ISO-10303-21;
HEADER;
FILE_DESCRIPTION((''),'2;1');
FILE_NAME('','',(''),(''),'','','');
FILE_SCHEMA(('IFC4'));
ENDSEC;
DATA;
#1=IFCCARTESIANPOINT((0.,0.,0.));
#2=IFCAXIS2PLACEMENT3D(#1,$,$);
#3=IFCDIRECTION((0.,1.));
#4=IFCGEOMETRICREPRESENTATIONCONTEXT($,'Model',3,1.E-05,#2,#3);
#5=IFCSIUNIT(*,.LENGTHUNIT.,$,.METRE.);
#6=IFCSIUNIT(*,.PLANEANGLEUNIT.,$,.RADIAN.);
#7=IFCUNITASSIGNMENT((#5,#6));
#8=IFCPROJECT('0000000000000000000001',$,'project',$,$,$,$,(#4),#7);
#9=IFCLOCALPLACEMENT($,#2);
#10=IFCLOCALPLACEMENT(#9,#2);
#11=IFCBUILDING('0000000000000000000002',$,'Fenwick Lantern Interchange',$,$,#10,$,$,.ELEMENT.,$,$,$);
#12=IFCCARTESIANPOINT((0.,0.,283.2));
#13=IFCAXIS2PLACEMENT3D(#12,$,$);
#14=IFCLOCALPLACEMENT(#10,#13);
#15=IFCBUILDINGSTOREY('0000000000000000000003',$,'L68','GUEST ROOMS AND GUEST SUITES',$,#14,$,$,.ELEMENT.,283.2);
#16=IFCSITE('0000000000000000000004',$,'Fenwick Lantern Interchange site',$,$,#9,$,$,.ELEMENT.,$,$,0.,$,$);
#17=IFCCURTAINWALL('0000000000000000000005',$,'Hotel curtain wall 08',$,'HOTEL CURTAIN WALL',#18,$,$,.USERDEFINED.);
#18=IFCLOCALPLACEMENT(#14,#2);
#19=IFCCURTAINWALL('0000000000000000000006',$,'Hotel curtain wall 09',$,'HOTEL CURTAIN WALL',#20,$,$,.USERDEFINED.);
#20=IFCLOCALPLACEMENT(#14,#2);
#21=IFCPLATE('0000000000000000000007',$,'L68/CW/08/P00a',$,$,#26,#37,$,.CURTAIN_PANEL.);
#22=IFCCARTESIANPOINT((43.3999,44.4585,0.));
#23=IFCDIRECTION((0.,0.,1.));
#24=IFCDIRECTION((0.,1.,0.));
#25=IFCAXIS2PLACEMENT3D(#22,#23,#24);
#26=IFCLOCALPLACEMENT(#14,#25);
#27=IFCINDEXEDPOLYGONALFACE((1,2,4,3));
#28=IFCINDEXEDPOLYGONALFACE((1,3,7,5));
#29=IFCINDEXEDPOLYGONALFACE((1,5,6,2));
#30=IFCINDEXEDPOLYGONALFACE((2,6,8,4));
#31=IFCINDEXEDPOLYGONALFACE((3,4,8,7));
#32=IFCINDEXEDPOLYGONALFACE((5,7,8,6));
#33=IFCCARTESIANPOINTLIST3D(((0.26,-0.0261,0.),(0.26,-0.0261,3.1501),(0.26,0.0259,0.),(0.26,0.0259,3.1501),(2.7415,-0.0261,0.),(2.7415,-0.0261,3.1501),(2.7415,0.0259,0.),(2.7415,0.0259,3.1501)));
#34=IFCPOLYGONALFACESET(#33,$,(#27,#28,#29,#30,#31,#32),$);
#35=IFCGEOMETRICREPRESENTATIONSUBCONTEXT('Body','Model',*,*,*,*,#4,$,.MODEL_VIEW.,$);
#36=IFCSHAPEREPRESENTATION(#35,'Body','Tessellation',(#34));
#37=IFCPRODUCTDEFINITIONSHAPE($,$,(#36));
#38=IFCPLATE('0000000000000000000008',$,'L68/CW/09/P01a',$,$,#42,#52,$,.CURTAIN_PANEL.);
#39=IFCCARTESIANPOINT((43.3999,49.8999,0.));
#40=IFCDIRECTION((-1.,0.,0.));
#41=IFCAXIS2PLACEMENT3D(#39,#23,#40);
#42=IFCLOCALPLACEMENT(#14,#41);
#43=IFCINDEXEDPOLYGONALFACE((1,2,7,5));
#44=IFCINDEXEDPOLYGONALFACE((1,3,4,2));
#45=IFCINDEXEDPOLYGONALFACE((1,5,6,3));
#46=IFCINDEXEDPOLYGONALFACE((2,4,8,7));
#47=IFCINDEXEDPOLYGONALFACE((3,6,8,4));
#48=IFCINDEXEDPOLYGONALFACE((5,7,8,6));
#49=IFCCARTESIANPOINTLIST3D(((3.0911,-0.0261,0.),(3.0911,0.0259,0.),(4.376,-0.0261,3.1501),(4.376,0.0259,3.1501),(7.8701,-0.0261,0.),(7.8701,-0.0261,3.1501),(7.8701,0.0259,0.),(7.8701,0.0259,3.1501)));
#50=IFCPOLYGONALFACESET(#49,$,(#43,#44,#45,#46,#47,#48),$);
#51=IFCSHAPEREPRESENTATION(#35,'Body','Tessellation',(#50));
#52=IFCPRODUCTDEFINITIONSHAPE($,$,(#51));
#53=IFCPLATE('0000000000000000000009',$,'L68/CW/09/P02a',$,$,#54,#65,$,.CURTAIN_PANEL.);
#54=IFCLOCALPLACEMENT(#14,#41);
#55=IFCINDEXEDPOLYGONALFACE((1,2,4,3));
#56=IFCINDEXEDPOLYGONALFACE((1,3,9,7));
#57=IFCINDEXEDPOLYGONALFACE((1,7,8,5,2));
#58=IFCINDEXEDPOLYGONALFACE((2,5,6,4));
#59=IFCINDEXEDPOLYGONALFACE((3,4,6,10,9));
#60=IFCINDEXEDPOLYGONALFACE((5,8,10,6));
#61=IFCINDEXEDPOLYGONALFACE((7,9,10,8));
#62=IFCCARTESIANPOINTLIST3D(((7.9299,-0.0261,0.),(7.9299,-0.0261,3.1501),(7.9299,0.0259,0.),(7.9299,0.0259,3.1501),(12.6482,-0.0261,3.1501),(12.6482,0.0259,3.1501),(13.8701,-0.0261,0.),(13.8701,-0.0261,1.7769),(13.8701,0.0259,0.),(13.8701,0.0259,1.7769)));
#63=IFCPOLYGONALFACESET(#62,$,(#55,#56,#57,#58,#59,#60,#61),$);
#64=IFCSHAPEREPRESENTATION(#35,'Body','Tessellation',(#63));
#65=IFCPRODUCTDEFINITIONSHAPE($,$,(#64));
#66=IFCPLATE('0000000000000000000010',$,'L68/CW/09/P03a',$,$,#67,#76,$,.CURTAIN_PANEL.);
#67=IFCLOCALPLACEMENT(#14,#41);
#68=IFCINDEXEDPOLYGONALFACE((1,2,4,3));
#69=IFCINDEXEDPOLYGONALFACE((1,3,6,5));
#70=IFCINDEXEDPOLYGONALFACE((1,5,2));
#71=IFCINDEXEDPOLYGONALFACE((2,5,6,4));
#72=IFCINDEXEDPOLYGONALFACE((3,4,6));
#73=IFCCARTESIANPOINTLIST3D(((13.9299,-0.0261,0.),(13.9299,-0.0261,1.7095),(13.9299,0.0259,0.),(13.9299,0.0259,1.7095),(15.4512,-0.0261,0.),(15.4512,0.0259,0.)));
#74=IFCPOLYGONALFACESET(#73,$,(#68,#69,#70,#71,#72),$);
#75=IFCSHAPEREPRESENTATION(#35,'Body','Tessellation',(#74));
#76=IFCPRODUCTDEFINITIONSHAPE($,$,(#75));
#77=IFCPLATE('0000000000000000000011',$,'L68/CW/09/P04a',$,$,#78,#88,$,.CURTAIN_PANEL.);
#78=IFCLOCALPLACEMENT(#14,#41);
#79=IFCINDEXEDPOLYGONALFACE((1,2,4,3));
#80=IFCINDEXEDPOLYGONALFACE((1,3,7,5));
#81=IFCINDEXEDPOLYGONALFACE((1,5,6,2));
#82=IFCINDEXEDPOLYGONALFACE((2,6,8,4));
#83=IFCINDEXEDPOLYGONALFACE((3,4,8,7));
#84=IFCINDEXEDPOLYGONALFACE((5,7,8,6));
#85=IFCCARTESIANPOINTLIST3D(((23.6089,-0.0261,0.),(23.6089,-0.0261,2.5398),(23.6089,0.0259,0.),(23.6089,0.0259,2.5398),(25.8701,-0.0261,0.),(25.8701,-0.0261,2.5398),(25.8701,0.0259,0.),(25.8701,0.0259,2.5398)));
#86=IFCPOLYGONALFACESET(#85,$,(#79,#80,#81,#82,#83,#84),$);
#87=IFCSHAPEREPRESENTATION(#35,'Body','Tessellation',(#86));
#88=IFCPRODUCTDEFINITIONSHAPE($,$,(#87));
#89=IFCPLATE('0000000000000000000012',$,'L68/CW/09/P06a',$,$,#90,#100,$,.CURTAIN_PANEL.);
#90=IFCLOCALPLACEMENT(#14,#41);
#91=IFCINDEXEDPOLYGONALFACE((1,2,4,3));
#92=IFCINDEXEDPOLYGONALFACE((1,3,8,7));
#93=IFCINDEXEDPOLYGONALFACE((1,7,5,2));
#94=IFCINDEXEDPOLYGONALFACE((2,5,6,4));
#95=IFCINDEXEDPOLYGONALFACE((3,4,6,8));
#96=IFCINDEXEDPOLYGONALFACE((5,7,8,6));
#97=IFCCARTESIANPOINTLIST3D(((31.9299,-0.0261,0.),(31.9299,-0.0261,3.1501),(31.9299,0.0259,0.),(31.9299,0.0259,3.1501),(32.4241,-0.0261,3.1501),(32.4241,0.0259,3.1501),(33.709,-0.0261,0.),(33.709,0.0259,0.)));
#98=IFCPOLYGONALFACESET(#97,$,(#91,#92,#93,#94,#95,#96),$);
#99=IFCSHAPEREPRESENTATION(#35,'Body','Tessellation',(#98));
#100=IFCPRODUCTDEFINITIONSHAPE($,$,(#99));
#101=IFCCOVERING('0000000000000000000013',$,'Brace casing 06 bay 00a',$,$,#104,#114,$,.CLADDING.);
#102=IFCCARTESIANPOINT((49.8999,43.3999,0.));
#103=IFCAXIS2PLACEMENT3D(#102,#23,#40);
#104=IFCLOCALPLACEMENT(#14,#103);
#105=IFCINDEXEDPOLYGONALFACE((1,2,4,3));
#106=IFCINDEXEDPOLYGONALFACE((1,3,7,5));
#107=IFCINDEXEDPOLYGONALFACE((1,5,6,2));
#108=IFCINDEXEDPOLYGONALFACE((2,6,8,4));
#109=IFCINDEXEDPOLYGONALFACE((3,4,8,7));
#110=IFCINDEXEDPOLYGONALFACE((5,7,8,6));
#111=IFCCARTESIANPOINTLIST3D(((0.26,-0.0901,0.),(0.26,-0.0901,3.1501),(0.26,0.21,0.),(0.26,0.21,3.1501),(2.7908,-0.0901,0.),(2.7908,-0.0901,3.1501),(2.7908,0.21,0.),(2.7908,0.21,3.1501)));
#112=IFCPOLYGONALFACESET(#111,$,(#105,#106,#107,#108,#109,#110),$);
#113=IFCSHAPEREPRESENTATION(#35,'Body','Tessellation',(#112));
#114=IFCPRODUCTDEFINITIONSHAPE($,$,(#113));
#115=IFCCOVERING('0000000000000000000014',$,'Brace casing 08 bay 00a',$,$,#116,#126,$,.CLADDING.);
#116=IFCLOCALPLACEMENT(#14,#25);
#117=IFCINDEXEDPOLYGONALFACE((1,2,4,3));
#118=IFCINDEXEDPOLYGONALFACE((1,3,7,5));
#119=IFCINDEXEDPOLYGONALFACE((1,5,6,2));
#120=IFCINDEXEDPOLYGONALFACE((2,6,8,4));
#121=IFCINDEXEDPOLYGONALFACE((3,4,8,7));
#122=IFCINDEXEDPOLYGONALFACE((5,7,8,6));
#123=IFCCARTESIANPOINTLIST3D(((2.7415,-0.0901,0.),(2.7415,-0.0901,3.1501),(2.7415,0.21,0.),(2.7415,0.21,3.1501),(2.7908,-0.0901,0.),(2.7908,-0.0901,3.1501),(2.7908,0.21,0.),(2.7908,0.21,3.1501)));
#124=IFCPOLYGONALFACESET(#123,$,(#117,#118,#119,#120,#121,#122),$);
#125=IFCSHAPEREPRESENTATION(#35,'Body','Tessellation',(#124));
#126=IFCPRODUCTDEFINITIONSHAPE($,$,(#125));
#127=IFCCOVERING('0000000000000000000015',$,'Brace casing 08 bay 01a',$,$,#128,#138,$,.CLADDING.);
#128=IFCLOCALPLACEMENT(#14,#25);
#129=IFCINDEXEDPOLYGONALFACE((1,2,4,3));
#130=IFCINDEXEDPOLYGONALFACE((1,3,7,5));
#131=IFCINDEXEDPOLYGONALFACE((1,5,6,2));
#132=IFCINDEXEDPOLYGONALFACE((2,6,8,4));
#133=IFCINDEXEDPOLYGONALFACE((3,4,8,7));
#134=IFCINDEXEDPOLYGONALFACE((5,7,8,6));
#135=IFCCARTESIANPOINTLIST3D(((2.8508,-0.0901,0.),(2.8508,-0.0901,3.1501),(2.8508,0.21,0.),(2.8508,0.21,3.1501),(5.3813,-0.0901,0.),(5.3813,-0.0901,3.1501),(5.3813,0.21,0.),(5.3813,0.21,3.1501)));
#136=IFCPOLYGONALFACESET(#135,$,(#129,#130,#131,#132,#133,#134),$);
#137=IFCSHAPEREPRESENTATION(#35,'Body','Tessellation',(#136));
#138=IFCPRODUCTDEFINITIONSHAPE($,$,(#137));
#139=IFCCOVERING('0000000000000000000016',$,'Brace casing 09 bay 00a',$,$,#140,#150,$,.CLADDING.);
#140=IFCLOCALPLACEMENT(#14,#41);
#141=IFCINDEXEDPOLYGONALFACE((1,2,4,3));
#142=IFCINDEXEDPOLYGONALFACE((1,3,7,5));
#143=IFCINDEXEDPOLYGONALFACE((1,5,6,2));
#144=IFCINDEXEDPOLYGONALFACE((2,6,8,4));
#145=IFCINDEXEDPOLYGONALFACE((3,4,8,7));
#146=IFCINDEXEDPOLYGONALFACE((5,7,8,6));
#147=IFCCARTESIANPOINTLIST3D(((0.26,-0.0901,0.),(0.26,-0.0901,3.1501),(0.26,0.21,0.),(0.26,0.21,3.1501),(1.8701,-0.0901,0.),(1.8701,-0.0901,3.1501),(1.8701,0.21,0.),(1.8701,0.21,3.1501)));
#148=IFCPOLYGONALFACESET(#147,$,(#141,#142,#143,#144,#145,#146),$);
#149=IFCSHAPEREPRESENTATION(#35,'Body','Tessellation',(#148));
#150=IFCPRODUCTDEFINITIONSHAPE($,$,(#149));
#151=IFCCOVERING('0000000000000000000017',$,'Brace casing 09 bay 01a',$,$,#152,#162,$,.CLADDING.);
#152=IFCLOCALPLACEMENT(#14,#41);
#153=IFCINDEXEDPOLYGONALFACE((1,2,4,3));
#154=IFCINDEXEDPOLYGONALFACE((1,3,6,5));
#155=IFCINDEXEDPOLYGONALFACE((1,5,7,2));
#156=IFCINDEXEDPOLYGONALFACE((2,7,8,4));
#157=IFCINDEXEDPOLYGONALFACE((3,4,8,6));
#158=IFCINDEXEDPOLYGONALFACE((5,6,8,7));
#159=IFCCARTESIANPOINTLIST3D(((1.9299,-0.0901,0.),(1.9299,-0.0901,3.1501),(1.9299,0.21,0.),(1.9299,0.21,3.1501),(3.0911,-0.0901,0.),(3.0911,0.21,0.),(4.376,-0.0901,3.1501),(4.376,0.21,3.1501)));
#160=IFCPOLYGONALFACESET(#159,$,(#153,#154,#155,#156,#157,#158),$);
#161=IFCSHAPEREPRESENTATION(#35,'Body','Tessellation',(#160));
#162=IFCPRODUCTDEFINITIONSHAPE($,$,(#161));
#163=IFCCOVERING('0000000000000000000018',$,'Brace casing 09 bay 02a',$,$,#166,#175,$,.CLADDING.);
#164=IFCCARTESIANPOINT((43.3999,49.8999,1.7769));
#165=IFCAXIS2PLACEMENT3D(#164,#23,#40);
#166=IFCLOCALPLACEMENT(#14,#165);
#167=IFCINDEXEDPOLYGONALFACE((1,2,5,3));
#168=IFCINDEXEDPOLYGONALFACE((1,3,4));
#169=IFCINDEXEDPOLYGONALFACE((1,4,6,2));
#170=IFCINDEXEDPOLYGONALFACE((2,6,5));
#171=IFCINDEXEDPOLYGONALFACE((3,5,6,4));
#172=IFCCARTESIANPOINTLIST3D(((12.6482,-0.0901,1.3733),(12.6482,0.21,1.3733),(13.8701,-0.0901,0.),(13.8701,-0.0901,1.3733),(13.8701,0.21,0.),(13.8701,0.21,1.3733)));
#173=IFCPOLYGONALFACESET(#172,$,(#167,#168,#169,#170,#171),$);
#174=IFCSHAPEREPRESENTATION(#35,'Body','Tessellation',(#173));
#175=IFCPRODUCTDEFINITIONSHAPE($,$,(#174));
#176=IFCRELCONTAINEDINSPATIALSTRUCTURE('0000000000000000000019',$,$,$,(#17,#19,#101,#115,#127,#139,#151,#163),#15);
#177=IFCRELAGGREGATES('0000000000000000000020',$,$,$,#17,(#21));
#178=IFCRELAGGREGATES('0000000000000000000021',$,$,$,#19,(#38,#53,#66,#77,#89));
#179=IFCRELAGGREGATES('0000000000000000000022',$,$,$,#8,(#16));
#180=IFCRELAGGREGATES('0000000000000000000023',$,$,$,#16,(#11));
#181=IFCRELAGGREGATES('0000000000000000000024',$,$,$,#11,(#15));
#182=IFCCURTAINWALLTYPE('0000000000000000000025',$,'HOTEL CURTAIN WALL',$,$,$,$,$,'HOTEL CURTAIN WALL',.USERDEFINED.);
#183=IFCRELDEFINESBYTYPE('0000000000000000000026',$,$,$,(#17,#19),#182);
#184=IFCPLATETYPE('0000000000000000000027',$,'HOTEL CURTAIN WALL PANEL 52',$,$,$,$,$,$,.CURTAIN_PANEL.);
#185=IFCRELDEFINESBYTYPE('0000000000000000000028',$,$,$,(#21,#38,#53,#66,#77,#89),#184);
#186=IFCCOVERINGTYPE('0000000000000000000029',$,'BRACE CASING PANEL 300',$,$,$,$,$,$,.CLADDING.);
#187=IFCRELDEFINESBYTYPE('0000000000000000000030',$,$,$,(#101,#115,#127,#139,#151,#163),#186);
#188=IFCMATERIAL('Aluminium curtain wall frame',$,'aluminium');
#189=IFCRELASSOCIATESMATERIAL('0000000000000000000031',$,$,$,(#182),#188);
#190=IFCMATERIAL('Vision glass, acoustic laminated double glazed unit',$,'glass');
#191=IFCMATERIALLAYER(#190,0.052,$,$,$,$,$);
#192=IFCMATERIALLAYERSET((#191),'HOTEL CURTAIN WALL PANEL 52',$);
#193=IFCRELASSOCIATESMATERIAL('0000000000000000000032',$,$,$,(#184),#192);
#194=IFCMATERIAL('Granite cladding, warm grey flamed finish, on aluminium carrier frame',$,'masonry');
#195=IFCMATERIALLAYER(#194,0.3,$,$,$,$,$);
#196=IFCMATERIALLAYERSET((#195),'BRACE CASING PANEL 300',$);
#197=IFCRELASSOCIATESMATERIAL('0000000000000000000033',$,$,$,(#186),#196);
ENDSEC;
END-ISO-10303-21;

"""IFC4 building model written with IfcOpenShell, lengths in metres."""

from ifc_helpers import new_model, si_unit, direction, frame, origin, place, context, subcontext, project, spatial, polyline, outline, extrude, material, layer, layer_set, type_object, element, aggregate, save


model = new_model("IFC4")

# Units and contexts
model_context = context("Model", 3, precision=1e-05, world=origin(), true_north=direction((0.0, 1.0)))
body_context = subcontext(model_context, "Body", "Model", "MODEL_VIEW")
ifc_project = project(units=[si_unit("LENGTHUNIT", "METRE"), si_unit("PLANEANGLEUNIT", "RADIAN")], contexts=[model_context])

# Site, building, storey
site_placement = place(None, origin())
site = spatial("IfcSite", under=ifc_project, at=site_placement, Name="Fenwick Lantern Interchange site", CompositionType="ELEMENT", RefElevation=0.0)
building_placement = place(site_placement, origin())
building = spatial("IfcBuilding", under=site, at=building_placement, Name="Fenwick Lantern Interchange", CompositionType="ELEMENT")
storey_placement = place(building_placement, frame((0.0, 0.0, 283.2)))
storey = spatial("IfcBuildingStorey", under=building, at=storey_placement, Name="L68", Description="GUEST ROOMS AND GUEST SUITES", CompositionType="ELEMENT", Elevation=283.2)

# Curtain walls
ifc_material_1 = material(Name="Aluminium curtain wall frame", Category="aluminium")
curtain_wall_type = type_object("IfcCurtainWallType", Name="HOTEL CURTAIN WALL", ElementType="HOTEL CURTAIN WALL", PredefinedType="USERDEFINED", material=ifc_material_1)
curtain_wall_1_placement = place(storey_placement, origin())
curtain_wall_1 = element("IfcCurtainWall", 1, at=curtain_wall_1_placement, inside=storey, type_object=curtain_wall_type, Name="Hotel curtain wall 08", ObjectType="HOTEL CURTAIN WALL", PredefinedType="USERDEFINED")
curtain_wall_2_placement = place(storey_placement, origin())
curtain_wall_2 = element("IfcCurtainWall", 2, at=curtain_wall_2_placement, inside=storey, type_object=curtain_wall_type, Name="Hotel curtain wall 09", ObjectType="HOTEL CURTAIN WALL", PredefinedType="USERDEFINED")

# Plates
ifc_material_2 = material(Name="Vision glass, acoustic laminated double glazed unit", Category="glass")
ifc_layer_1 = layer(ifc_material_2, 0.052)
ifc_layer_set_1 = layer_set([ifc_layer_1], Name="HOTEL CURTAIN WALL PANEL 52")
plate_type = type_object("IfcPlateType", Name="HOTEL CURTAIN WALL PANEL 52", PredefinedType="CURTAIN_PANEL", material=ifc_layer_set_1)
plate_1_placement = place(storey_placement, frame((43.3999, 44.4585, 0.0), z_axis=(0.0, 0.0, 1.0), x_axis=(0.0, 1.0, 0.0)))
plate_1 = element("IfcPlate", 3, at=plate_1_placement, type_object=plate_type, Name="L68/CW/08/P00a", PredefinedType="CURTAIN_PANEL", context=body_context, shape_type="SweptSolid", body=[
    extrude(outline(polyline([(0.26, 0.0), (2.7415, 0.0), (2.7415, 3.1501), (0.26, 3.1501), (0.26, 0.0)])), frame((0.0, 0.0259, 0.0), z_axis=(0.0, -1.0, 0.0), x_axis=(1.0, 0.0, 0.0)), (0.0, 0.0, 1.0), 0.052),
])
aggregate(curtain_wall_1, [plate_1])
plate_2_placement = place(storey_placement, frame((43.3999, 49.8999, 0.0), z_axis=(0.0, 0.0, 1.0), x_axis=(-1.0, 0.0, 0.0)))
plate_2 = element("IfcPlate", 4, at=plate_2_placement, type_object=plate_type, Name="L68/CW/09/P01a", PredefinedType="CURTAIN_PANEL", context=body_context, shape_type="SweptSolid", body=[
    extrude(outline(polyline([(3.0911, 0.0), (7.8701, 0.0), (7.8701, 3.1501), (4.376, 3.1501), (3.0911, 0.0)])), frame((0.0, 0.0259, 0.0), z_axis=(0.0, -1.0, 0.0), x_axis=(1.0, 0.0, 0.0)), (0.0, 0.0, 1.0), 0.052),
])
plate_3_placement = place(storey_placement, frame((43.3999, 49.8999, 0.0), z_axis=(0.0, 0.0, 1.0), x_axis=(-1.0, 0.0, 0.0)))
plate_3 = element("IfcPlate", 5, at=plate_3_placement, type_object=plate_type, Name="L68/CW/09/P02a", PredefinedType="CURTAIN_PANEL", context=body_context, shape_type="SweptSolid", body=[
    extrude(outline(polyline([(7.9299, 0.0), (13.8701, 0.0), (13.8701, 1.7769), (12.6482, 3.1501), (7.9299, 3.1501), (7.9299, 0.0)])), frame((0.0, 0.0259, 0.0), z_axis=(0.0, -1.0, 0.0), x_axis=(1.0, 0.0, 0.0)), (0.0, 0.0, 1.0), 0.052),
])
plate_4_placement = place(storey_placement, frame((43.3999, 49.8999, 0.0), z_axis=(0.0, 0.0, 1.0), x_axis=(-1.0, 0.0, 0.0)))
plate_4 = element("IfcPlate", 6, at=plate_4_placement, type_object=plate_type, Name="L68/CW/09/P03a", PredefinedType="CURTAIN_PANEL", context=body_context, shape_type="SweptSolid", body=[
    extrude(outline(polyline([(13.9299, 0.0), (15.4512, 0.0), (13.9299, 1.7095), (13.9299, 0.0)])), frame((0.0, 0.0259, 0.0), z_axis=(0.0, -1.0, 0.0), x_axis=(1.0, 0.0, 0.0)), (0.0, 0.0, 1.0), 0.052),
])
plate_5_placement = place(storey_placement, frame((43.3999, 49.8999, 0.0), z_axis=(0.0, 0.0, 1.0), x_axis=(-1.0, 0.0, 0.0)))
plate_5 = element("IfcPlate", 7, at=plate_5_placement, type_object=plate_type, Name="L68/CW/09/P04a", PredefinedType="CURTAIN_PANEL", context=body_context, shape_type="SweptSolid", body=[
    extrude(outline(polyline([(23.6089, 0.0), (25.8701, 0.0), (25.8701, 2.5398), (23.6089, 2.5398), (23.6089, 0.0)])), frame((0.0, 0.0259, 0.0), z_axis=(0.0, -1.0, 0.0), x_axis=(1.0, 0.0, 0.0)), (0.0, 0.0, 1.0), 0.052),
])
plate_6_placement = place(storey_placement, frame((43.3999, 49.8999, 0.0), z_axis=(0.0, 0.0, 1.0), x_axis=(-1.0, 0.0, 0.0)))
plate_6 = element("IfcPlate", 8, at=plate_6_placement, type_object=plate_type, Name="L68/CW/09/P06a", PredefinedType="CURTAIN_PANEL", context=body_context, shape_type="SweptSolid", body=[
    extrude(outline(polyline([(31.9299, 0.0), (33.709, 0.0), (32.4241, 3.1501), (31.9299, 3.1501), (31.9299, 0.0)])), frame((0.0, 0.0259, 0.0), z_axis=(0.0, -1.0, 0.0), x_axis=(1.0, 0.0, 0.0)), (0.0, 0.0, 1.0), 0.052),
])
aggregate(curtain_wall_2, [plate_2, plate_3, plate_4, plate_5, plate_6])

# Coverings
ifc_material_3 = material(Name="Granite cladding, warm grey flamed finish, on aluminium carrier frame", Category="masonry")
ifc_layer_2 = layer(ifc_material_3, 0.3)
ifc_layer_set_2 = layer_set([ifc_layer_2], Name="BRACE CASING PANEL 300")
covering_type = type_object("IfcCoveringType", Name="BRACE CASING PANEL 300", PredefinedType="CLADDING", material=ifc_layer_set_2)
covering_1_placement = place(storey_placement, frame((49.8999, 43.3999, 0.0), z_axis=(0.0, 0.0, 1.0), x_axis=(-1.0, 0.0, 0.0)))
element("IfcCovering", 9, at=covering_1_placement, inside=storey, type_object=covering_type, Name="Brace casing 06 bay 00a", PredefinedType="CLADDING", context=body_context, shape_type="SweptSolid", body=[
    extrude(outline(polyline([(0.26, 0.0), (2.7908, 0.0), (2.7908, 3.1501), (0.26, 3.1501), (0.26, 0.0)])), frame((0.0, 0.21, 0.0), z_axis=(0.0, -1.0, 0.0), x_axis=(1.0, 0.0, 0.0)), (0.0, 0.0, 1.0), 0.3),
])
covering_2_placement = place(storey_placement, frame((43.3999, 44.4585, 0.0), z_axis=(0.0, 0.0, 1.0), x_axis=(0.0, 1.0, 0.0)))
element("IfcCovering", 10, at=covering_2_placement, inside=storey, type_object=covering_type, Name="Brace casing 08 bay 00a", PredefinedType="CLADDING", context=body_context, shape_type="SweptSolid", body=[
    extrude(outline(polyline([(2.7415, 0.0), (2.7908, 0.0), (2.7908, 3.1501), (2.7415, 3.1501), (2.7415, 0.0)])), frame((0.0, 0.21, 0.0), z_axis=(0.0, -1.0, 0.0), x_axis=(1.0, 0.0, 0.0)), (0.0, 0.0, 1.0), 0.3),
])
covering_3_placement = place(storey_placement, frame((43.3999, 44.4585, 0.0), z_axis=(0.0, 0.0, 1.0), x_axis=(0.0, 1.0, 0.0)))
element("IfcCovering", 11, at=covering_3_placement, inside=storey, type_object=covering_type, Name="Brace casing 08 bay 01a", PredefinedType="CLADDING", context=body_context, shape_type="SweptSolid", body=[
    extrude(outline(polyline([(2.8508, 0.0), (5.3813, 0.0), (5.3813, 3.1501), (2.8508, 3.1501), (2.8508, 0.0)])), frame((0.0, 0.21, 0.0), z_axis=(0.0, -1.0, 0.0), x_axis=(1.0, 0.0, 0.0)), (0.0, 0.0, 1.0), 0.3),
])
covering_4_placement = place(storey_placement, frame((43.3999, 49.8999, 0.0), z_axis=(0.0, 0.0, 1.0), x_axis=(-1.0, 0.0, 0.0)))
element("IfcCovering", 12, at=covering_4_placement, inside=storey, type_object=covering_type, Name="Brace casing 09 bay 00a", PredefinedType="CLADDING", context=body_context, shape_type="SweptSolid", body=[
    extrude(outline(polyline([(0.26, 0.0), (1.8701, 0.0), (1.8701, 3.1501), (0.26, 3.1501), (0.26, 0.0)])), frame((0.0, 0.21, 0.0), z_axis=(0.0, -1.0, 0.0), x_axis=(1.0, 0.0, 0.0)), (0.0, 0.0, 1.0), 0.3),
])
covering_5_placement = place(storey_placement, frame((43.3999, 49.8999, 0.0), z_axis=(0.0, 0.0, 1.0), x_axis=(-1.0, 0.0, 0.0)))
element("IfcCovering", 13, at=covering_5_placement, inside=storey, type_object=covering_type, Name="Brace casing 09 bay 01a", PredefinedType="CLADDING", context=body_context, shape_type="SweptSolid", body=[
    extrude(outline(polyline([(1.9299, 0.0), (3.0911, 0.0), (4.376, 3.1501), (1.9299, 3.1501), (1.9299, 0.0)])), frame((0.0, 0.21, 0.0), z_axis=(0.0, -1.0, 0.0), x_axis=(1.0, 0.0, 0.0)), (0.0, 0.0, 1.0), 0.3),
])
covering_6_placement = place(storey_placement, frame((43.3999, 49.8999, 1.7769), z_axis=(0.0, 0.0, 1.0), x_axis=(-1.0, 0.0, 0.0)))
element("IfcCovering", 14, at=covering_6_placement, inside=storey, type_object=covering_type, Name="Brace casing 09 bay 02a", PredefinedType="CLADDING", context=body_context, shape_type="SweptSolid", body=[
    extrude(outline(polyline([(13.8701, 0.0), (13.8701, 1.3733), (12.6482, 1.3733), (13.8701, 0.0)])), frame((0.0, 0.21, 0.0), z_axis=(0.0, -1.0, 0.0), x_axis=(1.0, 0.0, 0.0)), (0.0, 0.0, 1.0), 0.3),
])

save(model, "model.ifc")
